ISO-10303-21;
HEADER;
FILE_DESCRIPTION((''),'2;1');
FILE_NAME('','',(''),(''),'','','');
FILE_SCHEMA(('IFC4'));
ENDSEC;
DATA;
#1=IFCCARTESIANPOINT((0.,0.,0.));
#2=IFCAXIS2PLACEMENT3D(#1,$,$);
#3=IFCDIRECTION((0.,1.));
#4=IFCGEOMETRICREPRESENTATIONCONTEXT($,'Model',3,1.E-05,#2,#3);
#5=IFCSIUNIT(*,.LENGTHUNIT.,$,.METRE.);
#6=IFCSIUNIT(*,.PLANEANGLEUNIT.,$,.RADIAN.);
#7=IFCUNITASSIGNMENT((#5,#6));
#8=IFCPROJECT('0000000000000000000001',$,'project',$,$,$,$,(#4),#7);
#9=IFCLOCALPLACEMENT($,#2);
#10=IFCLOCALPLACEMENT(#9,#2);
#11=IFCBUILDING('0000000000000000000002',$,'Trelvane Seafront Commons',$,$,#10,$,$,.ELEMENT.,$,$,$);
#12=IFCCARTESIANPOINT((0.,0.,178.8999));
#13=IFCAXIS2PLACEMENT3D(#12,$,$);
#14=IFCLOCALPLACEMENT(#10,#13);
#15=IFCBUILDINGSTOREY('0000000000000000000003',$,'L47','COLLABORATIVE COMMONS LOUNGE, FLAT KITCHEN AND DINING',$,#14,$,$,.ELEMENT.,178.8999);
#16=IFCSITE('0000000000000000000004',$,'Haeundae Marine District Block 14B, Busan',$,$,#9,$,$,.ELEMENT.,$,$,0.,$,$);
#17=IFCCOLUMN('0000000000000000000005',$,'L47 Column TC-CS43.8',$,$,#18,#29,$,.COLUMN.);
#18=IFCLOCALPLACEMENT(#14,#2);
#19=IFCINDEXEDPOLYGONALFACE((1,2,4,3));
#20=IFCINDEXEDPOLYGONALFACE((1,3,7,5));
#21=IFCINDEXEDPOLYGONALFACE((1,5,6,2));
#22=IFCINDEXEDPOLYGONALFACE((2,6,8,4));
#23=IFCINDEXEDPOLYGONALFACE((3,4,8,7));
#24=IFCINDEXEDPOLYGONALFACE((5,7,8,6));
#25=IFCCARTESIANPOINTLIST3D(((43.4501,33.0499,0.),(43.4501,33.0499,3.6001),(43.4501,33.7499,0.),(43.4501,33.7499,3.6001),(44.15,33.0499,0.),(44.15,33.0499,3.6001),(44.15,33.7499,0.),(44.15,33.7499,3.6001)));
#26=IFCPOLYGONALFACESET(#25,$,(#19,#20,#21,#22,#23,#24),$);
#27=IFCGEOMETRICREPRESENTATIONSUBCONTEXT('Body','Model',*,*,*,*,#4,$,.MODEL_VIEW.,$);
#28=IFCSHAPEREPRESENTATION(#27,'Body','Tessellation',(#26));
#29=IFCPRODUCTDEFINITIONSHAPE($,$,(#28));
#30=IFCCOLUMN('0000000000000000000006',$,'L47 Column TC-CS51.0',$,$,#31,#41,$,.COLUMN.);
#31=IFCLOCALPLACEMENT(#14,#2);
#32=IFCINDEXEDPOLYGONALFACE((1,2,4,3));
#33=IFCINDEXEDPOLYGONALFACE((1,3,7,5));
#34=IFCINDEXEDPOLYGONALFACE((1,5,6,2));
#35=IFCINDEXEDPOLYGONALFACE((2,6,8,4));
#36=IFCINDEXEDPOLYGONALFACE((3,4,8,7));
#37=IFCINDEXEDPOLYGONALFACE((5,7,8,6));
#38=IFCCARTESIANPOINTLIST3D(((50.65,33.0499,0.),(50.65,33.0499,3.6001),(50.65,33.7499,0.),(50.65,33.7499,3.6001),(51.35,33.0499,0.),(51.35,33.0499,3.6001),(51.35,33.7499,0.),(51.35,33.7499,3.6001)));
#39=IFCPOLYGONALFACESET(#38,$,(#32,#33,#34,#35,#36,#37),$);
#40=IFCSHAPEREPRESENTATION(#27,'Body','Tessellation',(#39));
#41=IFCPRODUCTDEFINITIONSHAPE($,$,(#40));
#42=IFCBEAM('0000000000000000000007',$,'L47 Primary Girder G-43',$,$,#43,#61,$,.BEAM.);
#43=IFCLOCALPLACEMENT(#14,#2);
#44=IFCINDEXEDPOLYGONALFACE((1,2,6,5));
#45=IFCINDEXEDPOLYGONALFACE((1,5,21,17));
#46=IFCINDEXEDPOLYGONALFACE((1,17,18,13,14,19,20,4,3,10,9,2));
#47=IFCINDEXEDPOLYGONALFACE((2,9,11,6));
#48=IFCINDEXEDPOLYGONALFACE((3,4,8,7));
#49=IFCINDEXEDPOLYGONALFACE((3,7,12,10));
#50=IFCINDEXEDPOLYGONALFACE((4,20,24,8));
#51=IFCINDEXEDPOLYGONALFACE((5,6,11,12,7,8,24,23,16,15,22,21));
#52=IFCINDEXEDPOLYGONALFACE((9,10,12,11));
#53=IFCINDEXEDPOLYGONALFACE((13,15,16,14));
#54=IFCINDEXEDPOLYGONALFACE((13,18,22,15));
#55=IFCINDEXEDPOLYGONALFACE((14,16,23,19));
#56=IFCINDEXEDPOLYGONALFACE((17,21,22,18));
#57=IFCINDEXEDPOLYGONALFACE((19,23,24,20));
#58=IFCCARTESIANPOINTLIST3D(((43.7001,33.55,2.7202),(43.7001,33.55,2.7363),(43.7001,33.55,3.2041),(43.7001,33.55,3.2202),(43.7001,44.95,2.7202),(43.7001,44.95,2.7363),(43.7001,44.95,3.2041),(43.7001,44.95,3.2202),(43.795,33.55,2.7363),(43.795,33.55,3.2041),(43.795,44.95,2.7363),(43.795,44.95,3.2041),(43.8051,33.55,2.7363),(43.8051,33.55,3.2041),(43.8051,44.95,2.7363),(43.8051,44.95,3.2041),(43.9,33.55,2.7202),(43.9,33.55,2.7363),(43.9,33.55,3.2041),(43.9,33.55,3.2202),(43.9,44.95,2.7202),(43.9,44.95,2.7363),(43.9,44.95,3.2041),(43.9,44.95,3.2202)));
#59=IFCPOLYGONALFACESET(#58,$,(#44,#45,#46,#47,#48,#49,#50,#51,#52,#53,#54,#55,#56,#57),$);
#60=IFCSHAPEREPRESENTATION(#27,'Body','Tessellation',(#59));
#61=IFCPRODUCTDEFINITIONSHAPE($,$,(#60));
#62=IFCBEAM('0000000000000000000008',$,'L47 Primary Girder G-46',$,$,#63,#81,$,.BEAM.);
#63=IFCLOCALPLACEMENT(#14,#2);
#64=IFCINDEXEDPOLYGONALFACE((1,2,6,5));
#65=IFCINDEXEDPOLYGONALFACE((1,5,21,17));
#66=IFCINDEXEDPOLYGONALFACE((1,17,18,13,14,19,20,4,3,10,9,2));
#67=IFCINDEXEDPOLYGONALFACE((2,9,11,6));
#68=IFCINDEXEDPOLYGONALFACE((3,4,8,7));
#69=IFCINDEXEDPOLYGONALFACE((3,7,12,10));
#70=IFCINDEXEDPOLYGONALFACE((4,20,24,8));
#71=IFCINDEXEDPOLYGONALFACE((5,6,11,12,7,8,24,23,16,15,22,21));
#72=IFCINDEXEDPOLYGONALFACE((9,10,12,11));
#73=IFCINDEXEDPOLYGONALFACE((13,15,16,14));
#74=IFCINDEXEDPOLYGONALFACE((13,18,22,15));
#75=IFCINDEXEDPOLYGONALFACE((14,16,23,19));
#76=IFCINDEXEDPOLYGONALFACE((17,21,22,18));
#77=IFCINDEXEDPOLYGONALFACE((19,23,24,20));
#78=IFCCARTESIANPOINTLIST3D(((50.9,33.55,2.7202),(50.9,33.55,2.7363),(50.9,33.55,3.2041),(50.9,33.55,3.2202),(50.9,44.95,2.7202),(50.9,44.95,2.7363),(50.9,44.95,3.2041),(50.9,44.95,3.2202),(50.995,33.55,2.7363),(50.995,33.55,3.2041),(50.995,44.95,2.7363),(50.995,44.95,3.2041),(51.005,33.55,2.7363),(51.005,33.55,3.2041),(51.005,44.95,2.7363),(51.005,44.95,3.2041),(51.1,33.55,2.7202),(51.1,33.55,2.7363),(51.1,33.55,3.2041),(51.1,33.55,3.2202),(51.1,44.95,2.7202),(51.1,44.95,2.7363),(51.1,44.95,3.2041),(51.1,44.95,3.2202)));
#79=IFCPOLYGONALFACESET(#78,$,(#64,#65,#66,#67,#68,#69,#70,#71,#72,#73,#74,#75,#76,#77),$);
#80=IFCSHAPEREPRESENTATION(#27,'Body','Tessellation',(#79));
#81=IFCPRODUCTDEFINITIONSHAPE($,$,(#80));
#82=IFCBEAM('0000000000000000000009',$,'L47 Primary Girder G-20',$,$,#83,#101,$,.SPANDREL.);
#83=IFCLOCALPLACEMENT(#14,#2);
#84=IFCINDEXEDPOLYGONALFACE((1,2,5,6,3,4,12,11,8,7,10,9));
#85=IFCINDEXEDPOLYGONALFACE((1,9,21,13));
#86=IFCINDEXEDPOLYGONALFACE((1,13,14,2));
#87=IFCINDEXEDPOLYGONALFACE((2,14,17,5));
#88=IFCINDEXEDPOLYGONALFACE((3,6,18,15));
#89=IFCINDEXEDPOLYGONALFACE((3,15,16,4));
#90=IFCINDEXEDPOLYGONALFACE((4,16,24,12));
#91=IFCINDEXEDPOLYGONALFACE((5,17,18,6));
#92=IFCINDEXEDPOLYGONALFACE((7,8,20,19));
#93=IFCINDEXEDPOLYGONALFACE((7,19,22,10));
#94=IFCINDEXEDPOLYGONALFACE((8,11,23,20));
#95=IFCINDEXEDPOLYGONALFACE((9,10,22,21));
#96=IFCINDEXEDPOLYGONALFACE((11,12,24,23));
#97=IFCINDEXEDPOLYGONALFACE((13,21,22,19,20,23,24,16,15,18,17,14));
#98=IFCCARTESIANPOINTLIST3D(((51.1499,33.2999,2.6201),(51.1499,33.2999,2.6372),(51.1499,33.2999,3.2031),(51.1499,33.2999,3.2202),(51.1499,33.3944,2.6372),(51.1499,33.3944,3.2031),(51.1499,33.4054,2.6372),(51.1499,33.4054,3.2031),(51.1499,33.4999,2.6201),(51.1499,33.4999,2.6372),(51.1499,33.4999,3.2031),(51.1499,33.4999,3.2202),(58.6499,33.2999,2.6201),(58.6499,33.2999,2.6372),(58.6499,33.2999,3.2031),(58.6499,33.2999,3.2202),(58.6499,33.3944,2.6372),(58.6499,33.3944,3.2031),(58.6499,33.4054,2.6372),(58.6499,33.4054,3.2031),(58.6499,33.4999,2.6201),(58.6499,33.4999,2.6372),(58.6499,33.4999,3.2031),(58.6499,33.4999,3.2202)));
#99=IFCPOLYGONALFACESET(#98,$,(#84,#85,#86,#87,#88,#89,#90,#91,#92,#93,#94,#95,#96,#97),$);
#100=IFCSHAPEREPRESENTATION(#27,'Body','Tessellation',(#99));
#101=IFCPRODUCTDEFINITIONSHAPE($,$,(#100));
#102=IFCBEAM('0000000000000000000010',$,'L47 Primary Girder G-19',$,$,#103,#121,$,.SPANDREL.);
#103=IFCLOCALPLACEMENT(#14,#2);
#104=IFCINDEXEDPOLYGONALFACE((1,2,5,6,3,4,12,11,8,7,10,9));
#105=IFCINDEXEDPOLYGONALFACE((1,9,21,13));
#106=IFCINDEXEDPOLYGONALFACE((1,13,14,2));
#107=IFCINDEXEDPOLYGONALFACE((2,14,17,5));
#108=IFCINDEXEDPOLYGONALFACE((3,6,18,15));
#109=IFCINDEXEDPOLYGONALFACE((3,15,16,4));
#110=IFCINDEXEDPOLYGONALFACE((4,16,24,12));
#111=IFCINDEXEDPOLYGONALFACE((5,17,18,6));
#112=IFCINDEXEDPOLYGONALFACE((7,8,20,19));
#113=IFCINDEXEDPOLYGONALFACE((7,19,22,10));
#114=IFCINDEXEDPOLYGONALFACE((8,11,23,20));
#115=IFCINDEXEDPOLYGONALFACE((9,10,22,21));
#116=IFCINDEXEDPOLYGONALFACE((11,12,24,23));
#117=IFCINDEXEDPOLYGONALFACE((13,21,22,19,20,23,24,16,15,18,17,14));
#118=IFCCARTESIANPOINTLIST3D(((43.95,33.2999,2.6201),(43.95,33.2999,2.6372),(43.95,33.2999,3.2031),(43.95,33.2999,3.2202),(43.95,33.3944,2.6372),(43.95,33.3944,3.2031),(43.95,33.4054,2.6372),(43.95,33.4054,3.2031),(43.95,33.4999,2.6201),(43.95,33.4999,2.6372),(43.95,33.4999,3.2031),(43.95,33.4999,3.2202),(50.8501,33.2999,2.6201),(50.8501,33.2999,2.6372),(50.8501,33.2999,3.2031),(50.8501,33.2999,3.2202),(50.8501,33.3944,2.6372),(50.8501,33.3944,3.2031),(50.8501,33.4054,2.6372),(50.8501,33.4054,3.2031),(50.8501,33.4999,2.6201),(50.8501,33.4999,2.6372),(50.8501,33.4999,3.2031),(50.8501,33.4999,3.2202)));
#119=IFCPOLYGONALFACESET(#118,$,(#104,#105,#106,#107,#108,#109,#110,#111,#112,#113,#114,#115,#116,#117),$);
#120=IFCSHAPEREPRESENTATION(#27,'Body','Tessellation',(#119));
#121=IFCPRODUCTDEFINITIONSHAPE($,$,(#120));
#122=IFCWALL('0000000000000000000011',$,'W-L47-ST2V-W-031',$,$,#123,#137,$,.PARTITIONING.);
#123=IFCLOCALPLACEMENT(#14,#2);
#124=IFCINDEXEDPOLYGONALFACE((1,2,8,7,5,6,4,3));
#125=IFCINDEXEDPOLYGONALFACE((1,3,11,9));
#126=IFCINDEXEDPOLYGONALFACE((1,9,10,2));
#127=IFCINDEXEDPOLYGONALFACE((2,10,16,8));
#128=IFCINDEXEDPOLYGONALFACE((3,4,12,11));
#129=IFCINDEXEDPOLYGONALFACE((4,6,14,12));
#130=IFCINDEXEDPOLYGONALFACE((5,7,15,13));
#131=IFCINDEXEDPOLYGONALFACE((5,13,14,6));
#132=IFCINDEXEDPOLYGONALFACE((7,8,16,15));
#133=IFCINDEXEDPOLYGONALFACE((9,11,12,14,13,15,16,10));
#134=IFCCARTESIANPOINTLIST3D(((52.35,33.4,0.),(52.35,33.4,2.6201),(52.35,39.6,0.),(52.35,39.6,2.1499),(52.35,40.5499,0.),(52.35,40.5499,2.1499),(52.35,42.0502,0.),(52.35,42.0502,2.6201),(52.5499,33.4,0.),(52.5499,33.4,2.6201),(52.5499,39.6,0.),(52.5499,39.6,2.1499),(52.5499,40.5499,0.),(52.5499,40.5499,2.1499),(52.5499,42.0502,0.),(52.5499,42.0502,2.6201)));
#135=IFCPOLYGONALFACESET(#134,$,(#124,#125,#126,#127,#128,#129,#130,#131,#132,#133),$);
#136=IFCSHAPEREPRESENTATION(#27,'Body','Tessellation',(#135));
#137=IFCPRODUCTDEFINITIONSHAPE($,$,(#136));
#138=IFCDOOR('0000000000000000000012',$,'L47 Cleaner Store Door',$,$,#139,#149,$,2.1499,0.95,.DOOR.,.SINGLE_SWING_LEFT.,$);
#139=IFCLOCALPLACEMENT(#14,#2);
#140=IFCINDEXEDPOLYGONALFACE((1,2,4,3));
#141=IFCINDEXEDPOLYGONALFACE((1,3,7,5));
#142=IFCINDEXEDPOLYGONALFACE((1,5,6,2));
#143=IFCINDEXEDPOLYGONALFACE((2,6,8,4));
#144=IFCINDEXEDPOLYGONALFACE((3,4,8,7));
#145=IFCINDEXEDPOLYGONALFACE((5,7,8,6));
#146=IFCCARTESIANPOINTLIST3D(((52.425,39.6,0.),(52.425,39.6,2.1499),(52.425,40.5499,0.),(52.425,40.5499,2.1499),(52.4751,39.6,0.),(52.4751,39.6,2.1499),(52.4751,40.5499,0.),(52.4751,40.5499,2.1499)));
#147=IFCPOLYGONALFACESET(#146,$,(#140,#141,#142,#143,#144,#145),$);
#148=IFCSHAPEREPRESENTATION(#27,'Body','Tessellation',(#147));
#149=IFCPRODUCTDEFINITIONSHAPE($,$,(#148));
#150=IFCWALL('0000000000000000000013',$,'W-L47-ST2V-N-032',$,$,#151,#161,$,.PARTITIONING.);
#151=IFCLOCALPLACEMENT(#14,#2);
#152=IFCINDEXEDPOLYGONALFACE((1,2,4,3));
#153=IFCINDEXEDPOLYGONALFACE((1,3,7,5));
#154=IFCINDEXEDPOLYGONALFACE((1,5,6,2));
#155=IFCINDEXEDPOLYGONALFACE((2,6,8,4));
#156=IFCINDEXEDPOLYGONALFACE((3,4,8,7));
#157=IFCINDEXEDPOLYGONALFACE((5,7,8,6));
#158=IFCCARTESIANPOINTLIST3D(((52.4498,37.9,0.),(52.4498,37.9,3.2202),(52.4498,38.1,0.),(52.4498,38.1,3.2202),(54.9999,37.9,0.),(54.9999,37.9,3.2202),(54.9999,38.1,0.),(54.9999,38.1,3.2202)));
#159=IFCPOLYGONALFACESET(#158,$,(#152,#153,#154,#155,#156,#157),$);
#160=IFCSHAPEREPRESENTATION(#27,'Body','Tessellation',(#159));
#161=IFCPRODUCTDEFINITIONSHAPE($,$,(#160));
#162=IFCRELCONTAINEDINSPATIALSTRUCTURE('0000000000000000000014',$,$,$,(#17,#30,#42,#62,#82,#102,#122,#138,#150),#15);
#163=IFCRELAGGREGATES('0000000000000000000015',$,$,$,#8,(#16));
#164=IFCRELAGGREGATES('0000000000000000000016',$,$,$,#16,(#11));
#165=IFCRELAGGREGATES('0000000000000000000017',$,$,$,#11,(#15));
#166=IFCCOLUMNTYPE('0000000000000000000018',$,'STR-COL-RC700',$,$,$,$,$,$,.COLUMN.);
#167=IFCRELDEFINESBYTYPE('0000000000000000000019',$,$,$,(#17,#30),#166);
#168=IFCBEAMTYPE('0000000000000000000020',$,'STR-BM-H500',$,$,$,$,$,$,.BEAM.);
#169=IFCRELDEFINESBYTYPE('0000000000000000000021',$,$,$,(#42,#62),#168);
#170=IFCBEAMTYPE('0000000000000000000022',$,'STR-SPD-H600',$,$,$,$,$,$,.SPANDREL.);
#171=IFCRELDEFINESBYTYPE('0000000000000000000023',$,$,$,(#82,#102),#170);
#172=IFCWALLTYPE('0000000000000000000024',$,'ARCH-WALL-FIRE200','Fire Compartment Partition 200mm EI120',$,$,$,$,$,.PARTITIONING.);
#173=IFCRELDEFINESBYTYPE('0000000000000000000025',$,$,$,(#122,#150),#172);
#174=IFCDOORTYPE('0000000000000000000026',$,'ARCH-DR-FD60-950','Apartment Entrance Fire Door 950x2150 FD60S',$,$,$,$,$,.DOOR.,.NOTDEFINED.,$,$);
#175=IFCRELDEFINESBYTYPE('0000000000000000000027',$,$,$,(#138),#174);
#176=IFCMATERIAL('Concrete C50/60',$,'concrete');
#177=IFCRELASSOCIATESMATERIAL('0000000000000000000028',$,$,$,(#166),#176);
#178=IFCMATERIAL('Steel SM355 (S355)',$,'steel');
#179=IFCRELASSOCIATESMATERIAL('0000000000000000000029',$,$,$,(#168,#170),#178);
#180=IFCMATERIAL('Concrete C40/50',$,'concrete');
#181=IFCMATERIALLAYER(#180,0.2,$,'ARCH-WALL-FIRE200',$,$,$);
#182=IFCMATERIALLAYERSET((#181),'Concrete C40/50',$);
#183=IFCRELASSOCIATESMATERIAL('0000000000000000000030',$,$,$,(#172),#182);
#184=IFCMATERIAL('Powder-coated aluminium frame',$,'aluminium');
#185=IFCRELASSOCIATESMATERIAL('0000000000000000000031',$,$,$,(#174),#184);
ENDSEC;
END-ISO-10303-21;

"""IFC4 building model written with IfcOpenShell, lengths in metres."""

from ifc_helpers import new_model, si_unit, direction, frame, frame_2d, origin, origin_2d, place, context, subcontext, project, spatial, rectangle, i_section, extrude, source, transform, mapped, material, layer, layer_set, material_profile, profile_set, type_object, element, fill, save


model = new_model("IFC4")

# Units and contexts
model_context = context("Model", 3, precision=1e-05, world=origin(), true_north=direction((0.0, 1.0)))
body_context = subcontext(model_context, "Body", "Model", "MODEL_VIEW")
ifc_project = project(units=[si_unit("LENGTHUNIT", "METRE"), si_unit("PLANEANGLEUNIT", "RADIAN")], contexts=[model_context])

# Site, building, storey
site_placement = place(None, origin())
site = spatial("IfcSite", under=ifc_project, at=site_placement, Name="Haeundae Marine District Block 14B, Busan", CompositionType="ELEMENT", RefElevation=0.0)
building_placement = place(site_placement, origin())
building = spatial("IfcBuilding", under=site, at=building_placement, Name="Trelvane Seafront Commons", CompositionType="ELEMENT")
storey_placement = place(building_placement, frame((0.0, 0.0, 178.8999)))
storey = spatial("IfcBuildingStorey", under=building, at=storey_placement, Name="L47", Description="COLLABORATIVE COMMONS LOUNGE, FLAT KITCHEN AND DINING", CompositionType="ELEMENT", Elevation=178.8999)

# Columns
ifc_material_1 = material(Name="Concrete C50/60", Category="concrete")
ifc_material_profile_1 = material_profile(ifc_material_1, rectangle(XDim=0.7, YDim=0.7, at=origin_2d()), Name="RC-700x700")
ifc_profile_set_1 = profile_set([ifc_material_profile_1], Name="Concrete C50/60")
column_type = type_object("IfcColumnType", Name="STR-COL-RC700", PredefinedType="COLUMN", material=ifc_profile_set_1)
shared_shape_1 = source(origin(), body_context, "Body", "SweptSolid", [
    extrude(rectangle(XDim=0.7, YDim=0.7, at=origin_2d()), origin(), (0.0, 0.0, 1.0), 3.6001),
])
for number, where, z_axis, x_axis, name in (
    (1, (43.8, 33.3999, 0.0), (0.0, 0.0, 1.0), (1.0, 0.0, 0.0), "L47 Column TC-CS43.8"),
    (2, (51.0, 33.3999, 0.0), (0.0, 0.0, 1.0), (1.0, 0.0, 0.0), "L47 Column TC-CS51.0"),
):
    element("IfcColumn", number, at=place(storey_placement, frame(where, z_axis=z_axis, x_axis=x_axis)), inside=storey, type_object=column_type, Name=name, PredefinedType="COLUMN", context=body_context, shape_type="MappedRepresentation", body=[
        mapped(shared_shape_1, transform((0.0, 0.0, 0.0), x_axis=(1.0, 0.0, 0.0), y_axis=(0.0, 1.0, 0.0), z_axis=(0.0, 0.0, 1.0), scale=1.0)),
    ])

# Beams
ifc_material_2 = material(Name="Steel SM355 (S355)", Category="steel")
ifc_material_profile_2 = material_profile(ifc_material_2, i_section(OverallWidth=0.2, OverallDepth=0.5, WebThickness=0.01, FlangeThickness=0.0161, at=origin_2d()), Name="H-500x200x10x16")
ifc_profile_set_2 = profile_set([ifc_material_profile_2], Name="Steel SM355 (S355)")
beam_type_1 = type_object("IfcBeamType", Name="STR-BM-H500", PredefinedType="BEAM", material=ifc_profile_set_2)
shared_shape_2 = source(origin(), body_context, "Body", "SweptSolid", [
    extrude(i_section(OverallWidth=0.2, OverallDepth=0.5, WebThickness=0.01, FlangeThickness=0.0161, at=origin_2d()), origin(), (0.0, 0.0, 1.0), 11.3999),
])
for number, where, z_axis, x_axis, name in (
    (3, (43.8, 33.55, 2.9702), (0.0, 1.0, 0.0), (-1.0, 0.0, 0.0), "L47 Primary Girder G-43"),
    (4, (51.0, 33.55, 2.9702), (0.0, 1.0, 0.0), (-1.0, 0.0, 0.0), "L47 Primary Girder G-46"),
):
    element("IfcBeam", number, at=place(storey_placement, frame(where, z_axis=z_axis, x_axis=x_axis)), inside=storey, type_object=beam_type_1, Name=name, PredefinedType="BEAM", context=body_context, shape_type="MappedRepresentation", body=[
        mapped(shared_shape_2, transform((0.0, 0.0, 0.0), x_axis=(1.0, 0.0, 0.0), y_axis=(0.0, 1.0, 0.0), z_axis=(0.0, 0.0, 1.0), scale=1.0)),
    ])
ifc_material_profile_3 = material_profile(ifc_material_2, i_section(OverallWidth=0.2, OverallDepth=0.6001, WebThickness=0.011, FlangeThickness=0.0171, at=origin_2d()), Name="H-600x200x11x17")
ifc_profile_set_3 = profile_set([ifc_material_profile_3], Name="Steel SM355 (S355)")
beam_type_2 = type_object("IfcBeamType", Name="STR-SPD-H600", PredefinedType="SPANDREL", material=ifc_profile_set_3)
shared_shape_3 = source(origin(), body_context, "Body", "SweptSolid", [
    extrude(i_section(OverallWidth=0.2, OverallDepth=0.6001, WebThickness=0.011, FlangeThickness=0.0171, at=origin_2d()), origin(), (0.0, 0.0, 1.0), 7.5),
])
beam_1_placement = place(storey_placement, frame((51.1499, 33.3999, 2.9202), z_axis=(1.0, 0.0, 0.0), x_axis=(0.0, 1.0, 0.0)))
element("IfcBeam", 5, at=beam_1_placement, inside=storey, type_object=beam_type_2, Name="L47 Primary Girder G-20", PredefinedType="SPANDREL", context=body_context, shape_type="MappedRepresentation", body=[
    mapped(shared_shape_3, transform((0.0, 0.0, 0.0), x_axis=(1.0, 0.0, 0.0), y_axis=(0.0, 1.0, 0.0), z_axis=(0.0, 0.0, 1.0), scale=1.0)),
])
shared_shape_4 = source(origin(), body_context, "Body", "SweptSolid", [
    extrude(i_section(OverallWidth=0.2, OverallDepth=0.6001, WebThickness=0.011, FlangeThickness=0.0171, at=origin_2d()), origin(), (0.0, 0.0, 1.0), 6.9001),
])
beam_2_placement = place(storey_placement, frame((43.95, 33.3999, 2.9202), z_axis=(1.0, 0.0, 0.0), x_axis=(0.0, 1.0, 0.0)))
element("IfcBeam", 6, at=beam_2_placement, inside=storey, type_object=beam_type_2, Name="L47 Primary Girder G-19", PredefinedType="SPANDREL", context=body_context, shape_type="MappedRepresentation", body=[
    mapped(shared_shape_4, transform((0.0, 0.0, 0.0), x_axis=(1.0, 0.0, 0.0), y_axis=(0.0, 1.0, 0.0), z_axis=(0.0, 0.0, 1.0), scale=1.0)),
])

# Wall, opening, door
ifc_material_3 = material(Name="Concrete C40/50", Category="concrete")
ifc_layer_1 = layer(ifc_material_3, 0.2, Name="ARCH-WALL-FIRE200")
ifc_layer_set_1 = layer_set([ifc_layer_1], Name="Concrete C40/50")
wall_type_1 = type_object("IfcWallType", Name="ARCH-WALL-FIRE200", Description="Fire Compartment Partition 200mm EI120", PredefinedType="PARTITIONING", material=ifc_layer_set_1)
wall_1_placement = place(storey_placement, frame((52.45, 33.3999, 0.0), z_axis=(0.0, 0.0, 1.0), x_axis=(0.0, 1.0, 0.0)))
wall_1 = element("IfcWall", 7, at=wall_1_placement, inside=storey, type_object=wall_type_1, Name="W-L47-ST2V-W-031", PredefinedType="PARTITIONING", context=body_context, shape_type="SweptSolid", body=[
    extrude(rectangle(XDim=8.6501, YDim=0.2, at=frame_2d((4.3252, 0.0))), origin(), (0.0, 0.0, 1.0), 2.6201),
])
opening_1_placement = place(wall_1_placement, frame((6.2, 0.0, 0.0)))
opening_1 = element("IfcOpeningElement", 8, at=opening_1_placement, cuts=wall_1, PredefinedType="OPENING", context=body_context, shape_type="SweptSolid", body=[
    extrude(rectangle(XDim=0.95, YDim=2.1499, at=frame_2d((0.4751, 1.075))), frame((0.0, 0.1099, 0.0), z_axis=(0.0, -1.0, 0.0), x_axis=(1.0, 0.0, 0.0)), (0.0, 0.0, 1.0), 0.22),
])
ifc_material_4 = material(Name="Powder-coated aluminium frame", Category="aluminium")
door_type_1 = type_object("IfcDoorType", Name="ARCH-DR-FD60-950", Description="Apartment Entrance Fire Door 950x2150 FD60S", OperationType="NOTDEFINED", PredefinedType="DOOR", material=ifc_material_4)
shared_shape_5 = source(origin(), body_context, "Body", "SweptSolid", [
    extrude(rectangle(XDim=0.95, YDim=2.1499, at=frame_2d((0.4751, 1.075))), frame((0.0, 0.0249, 0.0), z_axis=(0.0, -1.0, 0.0), x_axis=(1.0, 0.0, 0.0)), (0.0, 0.0, 1.0), 0.05),
])
door_1_placement = place(opening_1_placement, origin())
door_1 = element("IfcDoor", 9, at=door_1_placement, inside=storey, type_object=door_type_1, Name="L47 Cleaner Store Door", OperationType="SINGLE_SWING_LEFT", OverallHeight=2.1499, OverallWidth=0.95, PredefinedType="DOOR", context=body_context, shape_type="MappedRepresentation", body=[
    mapped(shared_shape_5, transform((0.0, 0.0, 0.0), x_axis=(1.0, 0.0, 0.0), y_axis=(0.0, 1.0, 0.0), z_axis=(0.0, 0.0, 1.0), scale=1.0)),
])
fill(opening_1, door_1)

# Wall
wall_2_placement = place(storey_placement, frame((52.45, 38.0, 0.0), z_axis=(0.0, 0.0, 1.0), x_axis=(1.0, 0.0, 0.0)))
element("IfcWall", 10, at=wall_2_placement, inside=storey, type_object=wall_type_1, Name="W-L47-ST2V-N-032", PredefinedType="PARTITIONING", context=body_context, shape_type="SweptSolid", body=[
    extrude(rectangle(XDim=2.55, YDim=0.2, at=frame_2d((1.2749, 0.0))), origin(), (0.0, 0.0, 1.0), 3.2202),
])

save(model, "model.ifc")
